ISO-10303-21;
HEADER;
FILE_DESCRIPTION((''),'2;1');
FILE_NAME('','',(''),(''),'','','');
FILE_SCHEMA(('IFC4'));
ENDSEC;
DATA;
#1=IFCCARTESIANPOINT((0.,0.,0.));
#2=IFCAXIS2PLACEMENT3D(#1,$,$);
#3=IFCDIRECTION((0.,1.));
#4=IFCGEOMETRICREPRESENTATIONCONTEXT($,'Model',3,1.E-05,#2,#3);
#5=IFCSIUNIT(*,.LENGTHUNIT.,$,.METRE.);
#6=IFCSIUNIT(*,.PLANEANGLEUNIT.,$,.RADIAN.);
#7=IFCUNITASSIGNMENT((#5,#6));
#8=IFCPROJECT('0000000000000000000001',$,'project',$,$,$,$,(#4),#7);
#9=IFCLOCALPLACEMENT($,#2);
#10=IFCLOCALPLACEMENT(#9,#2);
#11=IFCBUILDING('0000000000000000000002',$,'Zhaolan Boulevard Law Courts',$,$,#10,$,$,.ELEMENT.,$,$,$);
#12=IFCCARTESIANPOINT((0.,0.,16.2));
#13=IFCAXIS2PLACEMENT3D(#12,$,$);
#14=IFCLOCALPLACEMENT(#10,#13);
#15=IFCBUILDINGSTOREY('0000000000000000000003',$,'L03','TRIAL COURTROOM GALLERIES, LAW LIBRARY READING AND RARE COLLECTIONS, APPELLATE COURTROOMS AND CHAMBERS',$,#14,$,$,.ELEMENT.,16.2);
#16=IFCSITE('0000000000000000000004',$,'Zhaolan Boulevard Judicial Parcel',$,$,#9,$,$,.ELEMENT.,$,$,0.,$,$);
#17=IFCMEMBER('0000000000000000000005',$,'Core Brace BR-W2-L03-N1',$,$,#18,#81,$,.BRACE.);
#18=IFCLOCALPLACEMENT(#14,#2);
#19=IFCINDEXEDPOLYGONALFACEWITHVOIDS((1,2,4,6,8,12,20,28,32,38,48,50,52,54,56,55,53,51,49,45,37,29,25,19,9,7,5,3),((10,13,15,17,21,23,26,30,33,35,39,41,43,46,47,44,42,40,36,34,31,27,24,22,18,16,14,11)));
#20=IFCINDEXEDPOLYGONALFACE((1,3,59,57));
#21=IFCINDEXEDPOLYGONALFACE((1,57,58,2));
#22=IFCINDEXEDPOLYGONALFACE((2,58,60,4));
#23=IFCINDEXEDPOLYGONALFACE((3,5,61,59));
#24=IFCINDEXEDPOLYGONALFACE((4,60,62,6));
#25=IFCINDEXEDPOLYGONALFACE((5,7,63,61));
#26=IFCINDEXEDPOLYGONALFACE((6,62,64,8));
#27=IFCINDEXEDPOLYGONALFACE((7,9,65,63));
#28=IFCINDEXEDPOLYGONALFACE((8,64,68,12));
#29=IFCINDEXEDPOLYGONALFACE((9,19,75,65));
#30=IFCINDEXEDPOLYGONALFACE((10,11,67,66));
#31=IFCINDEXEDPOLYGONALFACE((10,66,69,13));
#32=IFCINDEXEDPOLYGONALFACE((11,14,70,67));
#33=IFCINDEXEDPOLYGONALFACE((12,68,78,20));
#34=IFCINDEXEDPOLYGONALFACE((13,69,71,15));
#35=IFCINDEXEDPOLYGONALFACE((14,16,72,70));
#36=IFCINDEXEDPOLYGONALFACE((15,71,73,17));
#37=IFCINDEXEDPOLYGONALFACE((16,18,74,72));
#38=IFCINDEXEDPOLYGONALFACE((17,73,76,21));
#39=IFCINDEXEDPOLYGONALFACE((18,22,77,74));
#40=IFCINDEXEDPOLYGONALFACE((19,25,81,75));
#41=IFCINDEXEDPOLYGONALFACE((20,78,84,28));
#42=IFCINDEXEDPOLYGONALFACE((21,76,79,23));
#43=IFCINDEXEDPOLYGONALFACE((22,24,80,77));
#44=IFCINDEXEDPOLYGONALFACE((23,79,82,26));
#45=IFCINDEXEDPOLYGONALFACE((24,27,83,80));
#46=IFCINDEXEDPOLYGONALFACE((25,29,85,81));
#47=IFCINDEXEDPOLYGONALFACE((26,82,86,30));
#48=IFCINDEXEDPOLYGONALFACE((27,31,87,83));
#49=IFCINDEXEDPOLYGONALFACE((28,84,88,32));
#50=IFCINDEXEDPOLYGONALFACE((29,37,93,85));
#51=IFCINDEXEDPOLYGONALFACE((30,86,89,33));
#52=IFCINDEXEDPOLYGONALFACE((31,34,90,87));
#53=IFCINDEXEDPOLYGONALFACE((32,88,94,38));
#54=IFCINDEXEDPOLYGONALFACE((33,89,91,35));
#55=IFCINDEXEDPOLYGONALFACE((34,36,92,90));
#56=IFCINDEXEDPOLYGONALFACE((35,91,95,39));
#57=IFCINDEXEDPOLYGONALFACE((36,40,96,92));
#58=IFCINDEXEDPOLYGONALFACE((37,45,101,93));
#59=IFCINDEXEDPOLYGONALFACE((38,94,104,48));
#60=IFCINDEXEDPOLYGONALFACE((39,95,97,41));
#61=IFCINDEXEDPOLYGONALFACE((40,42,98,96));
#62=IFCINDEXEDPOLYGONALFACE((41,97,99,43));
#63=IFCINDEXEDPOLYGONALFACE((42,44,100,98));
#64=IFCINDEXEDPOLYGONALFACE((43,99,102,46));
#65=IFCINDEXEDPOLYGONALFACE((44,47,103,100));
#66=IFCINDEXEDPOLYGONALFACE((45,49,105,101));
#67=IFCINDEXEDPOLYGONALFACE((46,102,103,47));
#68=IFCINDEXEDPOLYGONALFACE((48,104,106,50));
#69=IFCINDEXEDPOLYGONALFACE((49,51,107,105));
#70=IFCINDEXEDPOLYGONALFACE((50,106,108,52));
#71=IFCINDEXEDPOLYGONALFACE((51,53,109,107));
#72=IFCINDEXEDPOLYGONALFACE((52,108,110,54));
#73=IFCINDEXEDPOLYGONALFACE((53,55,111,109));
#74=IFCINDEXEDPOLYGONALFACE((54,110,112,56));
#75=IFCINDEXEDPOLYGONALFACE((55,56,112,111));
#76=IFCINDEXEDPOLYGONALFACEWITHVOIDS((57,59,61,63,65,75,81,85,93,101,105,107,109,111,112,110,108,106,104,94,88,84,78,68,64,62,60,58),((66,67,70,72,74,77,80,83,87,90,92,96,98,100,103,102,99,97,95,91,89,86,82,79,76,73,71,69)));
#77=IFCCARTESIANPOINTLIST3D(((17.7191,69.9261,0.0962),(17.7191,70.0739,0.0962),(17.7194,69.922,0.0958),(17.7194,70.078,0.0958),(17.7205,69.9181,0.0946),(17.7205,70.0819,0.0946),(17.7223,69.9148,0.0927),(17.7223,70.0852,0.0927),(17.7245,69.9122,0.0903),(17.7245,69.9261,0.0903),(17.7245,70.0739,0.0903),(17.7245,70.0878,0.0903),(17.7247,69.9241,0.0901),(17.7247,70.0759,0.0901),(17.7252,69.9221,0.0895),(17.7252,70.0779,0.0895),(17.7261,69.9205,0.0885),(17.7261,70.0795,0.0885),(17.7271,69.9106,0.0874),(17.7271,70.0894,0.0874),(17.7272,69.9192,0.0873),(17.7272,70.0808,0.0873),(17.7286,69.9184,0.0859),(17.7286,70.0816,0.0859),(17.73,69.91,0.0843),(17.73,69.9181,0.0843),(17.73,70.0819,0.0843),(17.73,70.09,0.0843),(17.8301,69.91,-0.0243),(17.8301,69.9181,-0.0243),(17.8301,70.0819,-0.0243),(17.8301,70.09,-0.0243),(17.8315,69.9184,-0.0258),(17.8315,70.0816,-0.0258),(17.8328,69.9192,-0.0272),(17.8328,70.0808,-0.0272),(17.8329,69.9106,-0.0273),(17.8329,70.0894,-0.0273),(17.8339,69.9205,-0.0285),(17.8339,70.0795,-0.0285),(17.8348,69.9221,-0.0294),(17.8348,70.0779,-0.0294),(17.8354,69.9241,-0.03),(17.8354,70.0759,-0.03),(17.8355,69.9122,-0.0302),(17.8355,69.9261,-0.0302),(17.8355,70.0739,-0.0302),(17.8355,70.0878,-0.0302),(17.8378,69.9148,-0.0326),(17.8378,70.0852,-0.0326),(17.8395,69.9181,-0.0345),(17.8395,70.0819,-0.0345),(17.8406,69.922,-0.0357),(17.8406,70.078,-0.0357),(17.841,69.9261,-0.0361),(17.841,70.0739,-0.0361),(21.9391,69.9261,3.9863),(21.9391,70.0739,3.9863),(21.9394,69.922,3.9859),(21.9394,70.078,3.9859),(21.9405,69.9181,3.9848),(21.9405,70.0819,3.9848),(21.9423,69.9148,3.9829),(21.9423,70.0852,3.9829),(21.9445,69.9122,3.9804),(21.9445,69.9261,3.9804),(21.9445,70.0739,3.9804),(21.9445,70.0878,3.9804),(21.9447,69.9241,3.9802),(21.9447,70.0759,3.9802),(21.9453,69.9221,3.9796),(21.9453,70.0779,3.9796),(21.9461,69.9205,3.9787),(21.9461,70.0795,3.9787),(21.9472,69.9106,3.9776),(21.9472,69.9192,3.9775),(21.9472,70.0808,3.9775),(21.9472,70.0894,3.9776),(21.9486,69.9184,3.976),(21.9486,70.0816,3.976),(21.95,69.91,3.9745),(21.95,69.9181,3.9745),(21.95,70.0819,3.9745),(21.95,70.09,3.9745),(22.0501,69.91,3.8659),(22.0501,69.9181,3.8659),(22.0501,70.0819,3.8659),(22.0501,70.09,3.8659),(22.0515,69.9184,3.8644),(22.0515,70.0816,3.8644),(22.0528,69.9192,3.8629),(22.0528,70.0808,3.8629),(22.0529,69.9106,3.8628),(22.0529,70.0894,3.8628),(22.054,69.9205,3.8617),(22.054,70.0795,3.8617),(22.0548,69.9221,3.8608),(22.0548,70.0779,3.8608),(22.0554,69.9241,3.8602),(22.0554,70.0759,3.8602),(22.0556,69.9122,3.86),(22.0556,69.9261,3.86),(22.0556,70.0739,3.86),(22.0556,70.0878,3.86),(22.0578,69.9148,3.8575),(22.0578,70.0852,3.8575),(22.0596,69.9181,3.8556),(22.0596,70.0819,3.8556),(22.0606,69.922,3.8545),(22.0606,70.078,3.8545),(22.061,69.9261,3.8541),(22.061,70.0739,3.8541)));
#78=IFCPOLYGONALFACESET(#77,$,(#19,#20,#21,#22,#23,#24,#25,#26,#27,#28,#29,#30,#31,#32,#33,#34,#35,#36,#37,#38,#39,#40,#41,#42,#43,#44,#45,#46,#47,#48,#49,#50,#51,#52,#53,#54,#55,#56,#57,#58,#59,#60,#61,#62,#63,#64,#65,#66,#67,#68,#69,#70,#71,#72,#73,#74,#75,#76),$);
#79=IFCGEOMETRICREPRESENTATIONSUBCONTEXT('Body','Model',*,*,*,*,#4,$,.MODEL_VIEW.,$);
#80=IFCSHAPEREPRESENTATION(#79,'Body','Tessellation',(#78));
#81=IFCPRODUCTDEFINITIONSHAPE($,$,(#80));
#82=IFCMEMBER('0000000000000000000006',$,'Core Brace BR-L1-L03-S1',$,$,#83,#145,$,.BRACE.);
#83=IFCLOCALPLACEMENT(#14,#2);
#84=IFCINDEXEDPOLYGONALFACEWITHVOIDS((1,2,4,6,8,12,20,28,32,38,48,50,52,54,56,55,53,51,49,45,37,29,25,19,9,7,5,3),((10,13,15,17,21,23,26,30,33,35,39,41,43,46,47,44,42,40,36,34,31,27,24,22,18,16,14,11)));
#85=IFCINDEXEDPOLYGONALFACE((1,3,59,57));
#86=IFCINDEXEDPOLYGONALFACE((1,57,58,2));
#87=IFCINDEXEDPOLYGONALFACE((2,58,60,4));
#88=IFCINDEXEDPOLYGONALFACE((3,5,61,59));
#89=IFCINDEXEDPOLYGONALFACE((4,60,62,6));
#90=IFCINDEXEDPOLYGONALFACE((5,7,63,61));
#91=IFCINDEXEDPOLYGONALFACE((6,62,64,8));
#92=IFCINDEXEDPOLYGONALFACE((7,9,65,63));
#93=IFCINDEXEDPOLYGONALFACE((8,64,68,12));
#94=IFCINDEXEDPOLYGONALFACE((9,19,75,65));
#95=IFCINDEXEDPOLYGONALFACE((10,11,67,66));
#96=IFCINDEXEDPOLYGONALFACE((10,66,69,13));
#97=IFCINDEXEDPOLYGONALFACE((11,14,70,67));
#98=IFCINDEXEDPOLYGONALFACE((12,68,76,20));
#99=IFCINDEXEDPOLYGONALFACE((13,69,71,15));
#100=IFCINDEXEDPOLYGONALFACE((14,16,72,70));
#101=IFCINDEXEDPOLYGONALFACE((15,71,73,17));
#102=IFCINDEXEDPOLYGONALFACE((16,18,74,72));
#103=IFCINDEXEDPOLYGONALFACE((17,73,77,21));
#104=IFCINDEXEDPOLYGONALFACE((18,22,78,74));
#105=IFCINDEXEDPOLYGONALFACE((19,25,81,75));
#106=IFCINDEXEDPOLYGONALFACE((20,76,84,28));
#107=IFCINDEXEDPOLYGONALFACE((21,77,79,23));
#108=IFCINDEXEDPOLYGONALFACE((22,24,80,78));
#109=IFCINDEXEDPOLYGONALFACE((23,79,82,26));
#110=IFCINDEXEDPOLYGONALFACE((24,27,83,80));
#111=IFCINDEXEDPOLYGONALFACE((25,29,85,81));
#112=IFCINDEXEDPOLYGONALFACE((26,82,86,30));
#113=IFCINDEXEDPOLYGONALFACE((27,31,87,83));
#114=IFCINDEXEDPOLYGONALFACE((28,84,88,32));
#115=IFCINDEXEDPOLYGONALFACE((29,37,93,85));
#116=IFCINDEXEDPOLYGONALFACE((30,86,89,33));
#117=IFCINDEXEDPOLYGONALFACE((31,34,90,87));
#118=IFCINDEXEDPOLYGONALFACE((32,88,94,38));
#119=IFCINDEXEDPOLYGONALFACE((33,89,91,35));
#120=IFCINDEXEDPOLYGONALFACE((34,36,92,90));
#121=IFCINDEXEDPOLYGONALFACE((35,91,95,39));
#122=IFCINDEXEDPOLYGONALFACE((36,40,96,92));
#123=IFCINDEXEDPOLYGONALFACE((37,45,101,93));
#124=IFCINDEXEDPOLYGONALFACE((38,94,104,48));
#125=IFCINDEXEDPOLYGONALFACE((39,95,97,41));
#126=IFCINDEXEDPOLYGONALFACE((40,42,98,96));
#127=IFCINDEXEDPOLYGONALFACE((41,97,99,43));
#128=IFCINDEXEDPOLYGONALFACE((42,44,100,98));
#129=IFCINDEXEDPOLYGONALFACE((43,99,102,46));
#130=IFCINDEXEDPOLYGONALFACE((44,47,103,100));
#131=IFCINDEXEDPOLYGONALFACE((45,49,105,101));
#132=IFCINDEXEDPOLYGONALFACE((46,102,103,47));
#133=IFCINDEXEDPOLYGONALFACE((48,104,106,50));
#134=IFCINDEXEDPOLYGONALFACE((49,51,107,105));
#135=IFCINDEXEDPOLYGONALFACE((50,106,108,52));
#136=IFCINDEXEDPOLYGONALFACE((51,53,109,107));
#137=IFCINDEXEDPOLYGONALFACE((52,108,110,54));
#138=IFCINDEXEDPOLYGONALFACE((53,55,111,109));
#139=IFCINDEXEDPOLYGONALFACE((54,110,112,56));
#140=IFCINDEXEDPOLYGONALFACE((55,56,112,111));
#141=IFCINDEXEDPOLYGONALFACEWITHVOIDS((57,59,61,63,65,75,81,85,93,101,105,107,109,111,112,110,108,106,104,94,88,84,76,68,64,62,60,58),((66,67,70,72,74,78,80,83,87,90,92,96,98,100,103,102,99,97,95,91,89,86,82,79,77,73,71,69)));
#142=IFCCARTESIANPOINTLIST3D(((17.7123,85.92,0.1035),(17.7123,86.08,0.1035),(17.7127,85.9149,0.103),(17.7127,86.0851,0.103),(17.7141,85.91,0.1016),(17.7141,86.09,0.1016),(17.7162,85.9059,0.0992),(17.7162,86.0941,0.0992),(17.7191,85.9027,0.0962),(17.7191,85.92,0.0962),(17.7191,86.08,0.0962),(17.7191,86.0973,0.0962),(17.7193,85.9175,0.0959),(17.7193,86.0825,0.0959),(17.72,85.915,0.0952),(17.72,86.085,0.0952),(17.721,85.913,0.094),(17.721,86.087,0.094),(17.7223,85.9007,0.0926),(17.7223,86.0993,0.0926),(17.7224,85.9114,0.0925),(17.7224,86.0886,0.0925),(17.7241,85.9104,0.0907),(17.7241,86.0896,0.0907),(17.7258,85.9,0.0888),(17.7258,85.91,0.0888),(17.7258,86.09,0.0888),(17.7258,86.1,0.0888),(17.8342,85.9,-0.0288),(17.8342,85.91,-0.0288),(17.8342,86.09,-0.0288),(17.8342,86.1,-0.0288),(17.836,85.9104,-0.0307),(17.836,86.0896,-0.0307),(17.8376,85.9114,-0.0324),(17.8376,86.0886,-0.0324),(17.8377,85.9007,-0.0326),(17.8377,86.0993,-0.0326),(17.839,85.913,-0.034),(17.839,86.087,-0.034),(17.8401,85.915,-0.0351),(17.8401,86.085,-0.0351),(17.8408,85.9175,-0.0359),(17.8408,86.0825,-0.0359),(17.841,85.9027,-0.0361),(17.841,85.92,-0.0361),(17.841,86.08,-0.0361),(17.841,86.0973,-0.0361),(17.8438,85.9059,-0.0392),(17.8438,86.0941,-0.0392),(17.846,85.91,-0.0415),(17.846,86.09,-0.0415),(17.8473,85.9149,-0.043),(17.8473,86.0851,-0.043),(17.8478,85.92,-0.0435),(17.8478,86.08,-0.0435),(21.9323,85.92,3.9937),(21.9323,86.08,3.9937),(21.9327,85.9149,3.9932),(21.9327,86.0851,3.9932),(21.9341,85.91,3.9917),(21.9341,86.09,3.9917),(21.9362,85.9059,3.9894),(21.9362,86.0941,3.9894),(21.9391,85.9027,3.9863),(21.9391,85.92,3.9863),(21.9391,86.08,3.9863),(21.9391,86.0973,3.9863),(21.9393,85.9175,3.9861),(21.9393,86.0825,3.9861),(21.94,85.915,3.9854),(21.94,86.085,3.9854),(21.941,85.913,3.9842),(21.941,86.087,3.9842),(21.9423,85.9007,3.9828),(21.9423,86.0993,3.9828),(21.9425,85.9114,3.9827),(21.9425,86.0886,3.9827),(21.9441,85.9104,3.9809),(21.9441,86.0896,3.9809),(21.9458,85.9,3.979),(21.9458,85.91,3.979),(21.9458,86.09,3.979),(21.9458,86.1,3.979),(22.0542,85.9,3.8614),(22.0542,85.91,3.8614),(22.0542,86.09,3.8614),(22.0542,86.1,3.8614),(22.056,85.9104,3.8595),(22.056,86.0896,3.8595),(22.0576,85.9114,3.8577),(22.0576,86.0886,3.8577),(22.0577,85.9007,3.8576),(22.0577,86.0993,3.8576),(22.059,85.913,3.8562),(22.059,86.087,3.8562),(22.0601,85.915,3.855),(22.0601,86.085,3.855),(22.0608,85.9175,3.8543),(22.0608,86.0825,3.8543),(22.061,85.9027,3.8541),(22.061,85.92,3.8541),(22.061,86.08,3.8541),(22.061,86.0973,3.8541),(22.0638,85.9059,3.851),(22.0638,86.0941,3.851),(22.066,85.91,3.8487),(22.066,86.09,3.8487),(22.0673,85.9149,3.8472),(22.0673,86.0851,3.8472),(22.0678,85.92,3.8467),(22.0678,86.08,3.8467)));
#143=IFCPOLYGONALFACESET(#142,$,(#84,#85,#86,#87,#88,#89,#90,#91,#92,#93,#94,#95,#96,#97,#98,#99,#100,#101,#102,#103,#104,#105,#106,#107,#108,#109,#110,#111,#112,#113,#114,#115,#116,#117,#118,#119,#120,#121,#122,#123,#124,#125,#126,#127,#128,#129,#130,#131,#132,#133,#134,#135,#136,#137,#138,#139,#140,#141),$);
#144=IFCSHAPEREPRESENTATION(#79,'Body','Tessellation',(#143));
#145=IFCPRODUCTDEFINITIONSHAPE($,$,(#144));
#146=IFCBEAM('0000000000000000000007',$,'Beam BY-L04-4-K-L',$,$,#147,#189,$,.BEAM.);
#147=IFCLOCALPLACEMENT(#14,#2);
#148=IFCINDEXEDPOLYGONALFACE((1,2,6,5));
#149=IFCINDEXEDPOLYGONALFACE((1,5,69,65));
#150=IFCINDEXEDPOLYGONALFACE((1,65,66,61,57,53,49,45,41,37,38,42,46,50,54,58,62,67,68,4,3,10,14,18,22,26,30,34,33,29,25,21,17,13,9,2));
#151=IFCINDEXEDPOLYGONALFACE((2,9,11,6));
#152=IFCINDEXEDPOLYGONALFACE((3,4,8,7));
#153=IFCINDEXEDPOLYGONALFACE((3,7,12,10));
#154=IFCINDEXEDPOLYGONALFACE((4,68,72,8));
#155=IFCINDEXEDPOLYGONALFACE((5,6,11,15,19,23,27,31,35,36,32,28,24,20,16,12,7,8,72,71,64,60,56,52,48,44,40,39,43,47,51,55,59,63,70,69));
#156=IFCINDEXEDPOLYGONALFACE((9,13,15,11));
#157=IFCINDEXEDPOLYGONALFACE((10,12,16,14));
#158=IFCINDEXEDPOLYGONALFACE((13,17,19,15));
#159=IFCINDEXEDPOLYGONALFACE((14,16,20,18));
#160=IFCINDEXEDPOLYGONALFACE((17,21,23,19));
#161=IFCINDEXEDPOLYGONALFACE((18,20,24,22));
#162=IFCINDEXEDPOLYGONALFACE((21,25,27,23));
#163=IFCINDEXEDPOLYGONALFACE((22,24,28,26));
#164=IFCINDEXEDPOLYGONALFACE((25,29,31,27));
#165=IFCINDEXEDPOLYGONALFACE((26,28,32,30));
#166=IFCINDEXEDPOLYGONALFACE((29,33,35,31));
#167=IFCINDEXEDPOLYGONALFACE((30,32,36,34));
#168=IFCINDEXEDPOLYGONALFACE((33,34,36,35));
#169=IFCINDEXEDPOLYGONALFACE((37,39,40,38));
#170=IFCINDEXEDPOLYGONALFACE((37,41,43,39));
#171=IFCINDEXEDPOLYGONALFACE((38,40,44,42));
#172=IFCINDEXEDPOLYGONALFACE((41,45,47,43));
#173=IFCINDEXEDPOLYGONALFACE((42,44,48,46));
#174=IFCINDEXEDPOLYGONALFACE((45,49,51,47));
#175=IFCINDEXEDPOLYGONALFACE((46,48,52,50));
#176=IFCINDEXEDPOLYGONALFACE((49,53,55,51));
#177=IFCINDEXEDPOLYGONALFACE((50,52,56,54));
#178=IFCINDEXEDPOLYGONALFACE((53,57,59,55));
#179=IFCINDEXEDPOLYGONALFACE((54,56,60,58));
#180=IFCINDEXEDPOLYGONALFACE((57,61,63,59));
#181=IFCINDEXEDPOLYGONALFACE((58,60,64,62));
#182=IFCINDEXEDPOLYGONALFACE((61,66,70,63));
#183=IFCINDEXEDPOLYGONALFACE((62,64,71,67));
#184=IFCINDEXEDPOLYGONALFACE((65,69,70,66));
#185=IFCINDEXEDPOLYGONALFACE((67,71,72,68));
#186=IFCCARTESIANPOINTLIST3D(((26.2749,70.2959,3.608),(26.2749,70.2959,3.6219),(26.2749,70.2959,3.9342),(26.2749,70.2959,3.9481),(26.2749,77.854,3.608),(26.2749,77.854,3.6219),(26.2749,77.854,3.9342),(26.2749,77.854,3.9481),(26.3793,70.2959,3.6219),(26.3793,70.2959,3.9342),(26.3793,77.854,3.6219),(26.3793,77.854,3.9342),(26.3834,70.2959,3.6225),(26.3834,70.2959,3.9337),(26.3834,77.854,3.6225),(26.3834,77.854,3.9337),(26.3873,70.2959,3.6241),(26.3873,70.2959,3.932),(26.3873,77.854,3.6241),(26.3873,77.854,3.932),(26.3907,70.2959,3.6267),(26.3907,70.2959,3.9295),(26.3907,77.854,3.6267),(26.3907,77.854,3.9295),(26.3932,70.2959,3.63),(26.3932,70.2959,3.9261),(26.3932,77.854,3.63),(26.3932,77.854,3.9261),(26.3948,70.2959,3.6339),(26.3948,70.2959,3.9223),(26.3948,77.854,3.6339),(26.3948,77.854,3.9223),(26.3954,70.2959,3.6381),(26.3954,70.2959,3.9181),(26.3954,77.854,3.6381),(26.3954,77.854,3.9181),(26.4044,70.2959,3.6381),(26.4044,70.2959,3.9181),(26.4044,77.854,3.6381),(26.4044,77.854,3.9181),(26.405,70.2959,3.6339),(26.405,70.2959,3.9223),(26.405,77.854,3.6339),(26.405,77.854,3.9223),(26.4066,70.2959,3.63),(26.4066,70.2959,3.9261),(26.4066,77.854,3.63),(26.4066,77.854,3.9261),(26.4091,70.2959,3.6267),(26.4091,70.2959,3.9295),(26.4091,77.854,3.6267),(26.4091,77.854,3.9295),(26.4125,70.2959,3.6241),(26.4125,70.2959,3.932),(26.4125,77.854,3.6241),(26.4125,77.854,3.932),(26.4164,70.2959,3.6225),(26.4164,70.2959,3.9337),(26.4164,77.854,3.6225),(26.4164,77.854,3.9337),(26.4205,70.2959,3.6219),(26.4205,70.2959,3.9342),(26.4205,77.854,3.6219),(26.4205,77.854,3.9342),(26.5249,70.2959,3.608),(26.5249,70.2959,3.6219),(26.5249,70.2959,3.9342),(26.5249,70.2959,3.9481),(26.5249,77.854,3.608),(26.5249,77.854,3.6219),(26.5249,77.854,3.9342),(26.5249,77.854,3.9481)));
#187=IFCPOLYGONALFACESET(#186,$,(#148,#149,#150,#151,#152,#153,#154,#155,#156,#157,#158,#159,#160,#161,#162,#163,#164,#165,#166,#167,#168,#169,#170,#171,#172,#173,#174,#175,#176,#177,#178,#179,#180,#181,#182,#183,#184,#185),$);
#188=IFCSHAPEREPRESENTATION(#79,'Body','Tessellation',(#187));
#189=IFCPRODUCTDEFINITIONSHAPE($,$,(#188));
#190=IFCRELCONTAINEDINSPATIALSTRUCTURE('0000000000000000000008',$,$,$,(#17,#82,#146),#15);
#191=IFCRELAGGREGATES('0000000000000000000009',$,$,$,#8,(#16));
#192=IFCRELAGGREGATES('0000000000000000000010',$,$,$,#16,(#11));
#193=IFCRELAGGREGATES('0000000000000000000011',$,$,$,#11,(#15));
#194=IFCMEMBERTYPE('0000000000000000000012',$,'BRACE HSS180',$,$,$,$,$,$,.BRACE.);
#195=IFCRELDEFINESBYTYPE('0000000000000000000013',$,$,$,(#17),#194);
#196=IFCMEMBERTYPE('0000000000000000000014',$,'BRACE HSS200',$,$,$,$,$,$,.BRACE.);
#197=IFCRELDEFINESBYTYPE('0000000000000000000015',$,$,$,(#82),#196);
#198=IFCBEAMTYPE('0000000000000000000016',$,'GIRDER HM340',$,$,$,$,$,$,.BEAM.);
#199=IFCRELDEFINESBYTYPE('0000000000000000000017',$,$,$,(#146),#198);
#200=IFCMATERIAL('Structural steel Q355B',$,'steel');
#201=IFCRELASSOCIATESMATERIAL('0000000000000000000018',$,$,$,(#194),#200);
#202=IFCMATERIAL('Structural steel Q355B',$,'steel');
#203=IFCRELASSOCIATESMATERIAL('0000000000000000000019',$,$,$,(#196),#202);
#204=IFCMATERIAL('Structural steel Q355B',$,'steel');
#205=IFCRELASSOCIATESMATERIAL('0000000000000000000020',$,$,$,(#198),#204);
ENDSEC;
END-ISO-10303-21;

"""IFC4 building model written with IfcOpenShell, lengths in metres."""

from ifc_helpers import new_model, si_unit, direction, frame, origin, origin_2d, place, context, subcontext, project, spatial, hollow_rectangle, i_section, extrude, material, material_profile, profile_set, type_object, element, save


model = new_model("IFC4")

# Units and contexts
model_context = context("Model", 3, precision=1e-05, world=origin(), true_north=direction((0.0, 1.0)))
body_context = subcontext(model_context, "Body", "Model", "MODEL_VIEW")
ifc_project = project(units=[si_unit("LENGTHUNIT", "METRE"), si_unit("PLANEANGLEUNIT", "RADIAN")], contexts=[model_context])

# Site, building, storey
site_placement = place(None, origin())
site = spatial("IfcSite", under=ifc_project, at=site_placement, Name="Zhaolan Boulevard Judicial Parcel", CompositionType="ELEMENT", RefElevation=0.0)
building_placement = place(site_placement, origin())
building = spatial("IfcBuilding", under=site, at=building_placement, Name="Zhaolan Boulevard Law Courts", CompositionType="ELEMENT")
storey_placement = place(building_placement, frame((0.0, 0.0, 16.2)))
storey = spatial("IfcBuildingStorey", under=building, at=storey_placement, Name="L03", Description="TRIAL COURTROOM GALLERIES, LAW LIBRARY READING AND RARE COLLECTIONS, APPELLATE COURTROOMS AND CHAMBERS", CompositionType="ELEMENT", Elevation=16.2)

# Members
ifc_material_1 = material(Name="Structural steel Q355B", Category="steel")
ifc_material_profile_1 = material_profile(ifc_material_1, hollow_rectangle(XDim=0.1799, YDim=0.1799, WallThickness=0.0081, InnerFilletRadius=0.0081, OuterFilletRadius=0.0161, at=origin_2d()), Name="HSS180x180x8")
ifc_profile_set_1 = profile_set([ifc_material_profile_1], Name="Structural steel Q355B")
member_type_1 = type_object("IfcMemberType", Name="BRACE HSS180", PredefinedType="BRACE", material=ifc_profile_set_1)
member_1_placement = place(storey_placement, frame((17.78, 70.0, 0.03), z_axis=(0.735257, 0.0, 0.677789), x_axis=(0.0, 1.0, 0.0)))
element("IfcMember", 1, at=member_1_placement, inside=storey, type_object=member_type_1, Name="Core Brace BR-W2-L03-N1", PredefinedType="BRACE", context=body_context, shape_type="SweptSolid", body=[
    extrude(hollow_rectangle(XDim=0.1799, YDim=0.1799, WallThickness=0.0081, InnerFilletRadius=0.0081, OuterFilletRadius=0.0161, at=origin_2d()), origin(), (0.0, 0.0, 1.0), 5.7395),
])
ifc_material_2 = material(Name="Structural steel Q355B", Category="steel")
ifc_material_profile_2 = material_profile(ifc_material_2, hollow_rectangle(XDim=0.2, YDim=0.2, WallThickness=0.01, InnerFilletRadius=0.01, OuterFilletRadius=0.02, at=origin_2d()), Name="HSS200x200x10")
ifc_profile_set_2 = profile_set([ifc_material_profile_2], Name="Structural steel Q355B")
member_type_2 = type_object("IfcMemberType", Name="BRACE HSS200", PredefinedType="BRACE", material=ifc_profile_set_2)
member_2_placement = place(storey_placement, frame((17.78, 86.0, 0.03), z_axis=(0.735257, 0.0, 0.677789), x_axis=(0.0, 1.0, 0.0)))
element("IfcMember", 2, at=member_2_placement, inside=storey, type_object=member_type_2, Name="Core Brace BR-L1-L03-S1", PredefinedType="BRACE", context=body_context, shape_type="SweptSolid", body=[
    extrude(hollow_rectangle(XDim=0.2, YDim=0.2, WallThickness=0.01, InnerFilletRadius=0.01, OuterFilletRadius=0.02, at=origin_2d()), origin(), (0.0, 0.0, 1.0), 5.7395),
])

# Beam
ifc_material_3 = material(Name="Structural steel Q355B", Category="steel")
ifc_material_profile_3 = material_profile(ifc_material_3, i_section(OverallWidth=0.25, OverallDepth=0.3401, WebThickness=0.009, FlangeThickness=0.0139, FilletRadius=0.0161, at=origin_2d()), Name="HM340x250")
ifc_profile_set_3 = profile_set([ifc_material_profile_3], Name="Structural steel Q355B")
beam_type_1 = type_object("IfcBeamType", Name="GIRDER HM340", PredefinedType="BEAM", material=ifc_profile_set_3)
for number, where, z_axis, x_axis, name in (
    (3, (26.3999, 70.2959, 3.7781), (0.0, 1.0, 0.0), (-1.0, 0.0, 0.0), "Beam BY-L04-4-K-L"),
):
    element("IfcBeam", number, at=place(storey_placement, frame(where, z_axis=z_axis, x_axis=x_axis)), inside=storey, type_object=beam_type_1, Name=name, PredefinedType="BEAM", context=body_context, shape_type="SweptSolid", body=[
        extrude(i_section(OverallWidth=0.25, OverallDepth=0.3401, WebThickness=0.009, FlangeThickness=0.0139, FilletRadius=0.0161, at=origin_2d()), origin(), (0.0, 0.0, 1.0), 7.5581),
    ])

save(model, "model.ifc")
